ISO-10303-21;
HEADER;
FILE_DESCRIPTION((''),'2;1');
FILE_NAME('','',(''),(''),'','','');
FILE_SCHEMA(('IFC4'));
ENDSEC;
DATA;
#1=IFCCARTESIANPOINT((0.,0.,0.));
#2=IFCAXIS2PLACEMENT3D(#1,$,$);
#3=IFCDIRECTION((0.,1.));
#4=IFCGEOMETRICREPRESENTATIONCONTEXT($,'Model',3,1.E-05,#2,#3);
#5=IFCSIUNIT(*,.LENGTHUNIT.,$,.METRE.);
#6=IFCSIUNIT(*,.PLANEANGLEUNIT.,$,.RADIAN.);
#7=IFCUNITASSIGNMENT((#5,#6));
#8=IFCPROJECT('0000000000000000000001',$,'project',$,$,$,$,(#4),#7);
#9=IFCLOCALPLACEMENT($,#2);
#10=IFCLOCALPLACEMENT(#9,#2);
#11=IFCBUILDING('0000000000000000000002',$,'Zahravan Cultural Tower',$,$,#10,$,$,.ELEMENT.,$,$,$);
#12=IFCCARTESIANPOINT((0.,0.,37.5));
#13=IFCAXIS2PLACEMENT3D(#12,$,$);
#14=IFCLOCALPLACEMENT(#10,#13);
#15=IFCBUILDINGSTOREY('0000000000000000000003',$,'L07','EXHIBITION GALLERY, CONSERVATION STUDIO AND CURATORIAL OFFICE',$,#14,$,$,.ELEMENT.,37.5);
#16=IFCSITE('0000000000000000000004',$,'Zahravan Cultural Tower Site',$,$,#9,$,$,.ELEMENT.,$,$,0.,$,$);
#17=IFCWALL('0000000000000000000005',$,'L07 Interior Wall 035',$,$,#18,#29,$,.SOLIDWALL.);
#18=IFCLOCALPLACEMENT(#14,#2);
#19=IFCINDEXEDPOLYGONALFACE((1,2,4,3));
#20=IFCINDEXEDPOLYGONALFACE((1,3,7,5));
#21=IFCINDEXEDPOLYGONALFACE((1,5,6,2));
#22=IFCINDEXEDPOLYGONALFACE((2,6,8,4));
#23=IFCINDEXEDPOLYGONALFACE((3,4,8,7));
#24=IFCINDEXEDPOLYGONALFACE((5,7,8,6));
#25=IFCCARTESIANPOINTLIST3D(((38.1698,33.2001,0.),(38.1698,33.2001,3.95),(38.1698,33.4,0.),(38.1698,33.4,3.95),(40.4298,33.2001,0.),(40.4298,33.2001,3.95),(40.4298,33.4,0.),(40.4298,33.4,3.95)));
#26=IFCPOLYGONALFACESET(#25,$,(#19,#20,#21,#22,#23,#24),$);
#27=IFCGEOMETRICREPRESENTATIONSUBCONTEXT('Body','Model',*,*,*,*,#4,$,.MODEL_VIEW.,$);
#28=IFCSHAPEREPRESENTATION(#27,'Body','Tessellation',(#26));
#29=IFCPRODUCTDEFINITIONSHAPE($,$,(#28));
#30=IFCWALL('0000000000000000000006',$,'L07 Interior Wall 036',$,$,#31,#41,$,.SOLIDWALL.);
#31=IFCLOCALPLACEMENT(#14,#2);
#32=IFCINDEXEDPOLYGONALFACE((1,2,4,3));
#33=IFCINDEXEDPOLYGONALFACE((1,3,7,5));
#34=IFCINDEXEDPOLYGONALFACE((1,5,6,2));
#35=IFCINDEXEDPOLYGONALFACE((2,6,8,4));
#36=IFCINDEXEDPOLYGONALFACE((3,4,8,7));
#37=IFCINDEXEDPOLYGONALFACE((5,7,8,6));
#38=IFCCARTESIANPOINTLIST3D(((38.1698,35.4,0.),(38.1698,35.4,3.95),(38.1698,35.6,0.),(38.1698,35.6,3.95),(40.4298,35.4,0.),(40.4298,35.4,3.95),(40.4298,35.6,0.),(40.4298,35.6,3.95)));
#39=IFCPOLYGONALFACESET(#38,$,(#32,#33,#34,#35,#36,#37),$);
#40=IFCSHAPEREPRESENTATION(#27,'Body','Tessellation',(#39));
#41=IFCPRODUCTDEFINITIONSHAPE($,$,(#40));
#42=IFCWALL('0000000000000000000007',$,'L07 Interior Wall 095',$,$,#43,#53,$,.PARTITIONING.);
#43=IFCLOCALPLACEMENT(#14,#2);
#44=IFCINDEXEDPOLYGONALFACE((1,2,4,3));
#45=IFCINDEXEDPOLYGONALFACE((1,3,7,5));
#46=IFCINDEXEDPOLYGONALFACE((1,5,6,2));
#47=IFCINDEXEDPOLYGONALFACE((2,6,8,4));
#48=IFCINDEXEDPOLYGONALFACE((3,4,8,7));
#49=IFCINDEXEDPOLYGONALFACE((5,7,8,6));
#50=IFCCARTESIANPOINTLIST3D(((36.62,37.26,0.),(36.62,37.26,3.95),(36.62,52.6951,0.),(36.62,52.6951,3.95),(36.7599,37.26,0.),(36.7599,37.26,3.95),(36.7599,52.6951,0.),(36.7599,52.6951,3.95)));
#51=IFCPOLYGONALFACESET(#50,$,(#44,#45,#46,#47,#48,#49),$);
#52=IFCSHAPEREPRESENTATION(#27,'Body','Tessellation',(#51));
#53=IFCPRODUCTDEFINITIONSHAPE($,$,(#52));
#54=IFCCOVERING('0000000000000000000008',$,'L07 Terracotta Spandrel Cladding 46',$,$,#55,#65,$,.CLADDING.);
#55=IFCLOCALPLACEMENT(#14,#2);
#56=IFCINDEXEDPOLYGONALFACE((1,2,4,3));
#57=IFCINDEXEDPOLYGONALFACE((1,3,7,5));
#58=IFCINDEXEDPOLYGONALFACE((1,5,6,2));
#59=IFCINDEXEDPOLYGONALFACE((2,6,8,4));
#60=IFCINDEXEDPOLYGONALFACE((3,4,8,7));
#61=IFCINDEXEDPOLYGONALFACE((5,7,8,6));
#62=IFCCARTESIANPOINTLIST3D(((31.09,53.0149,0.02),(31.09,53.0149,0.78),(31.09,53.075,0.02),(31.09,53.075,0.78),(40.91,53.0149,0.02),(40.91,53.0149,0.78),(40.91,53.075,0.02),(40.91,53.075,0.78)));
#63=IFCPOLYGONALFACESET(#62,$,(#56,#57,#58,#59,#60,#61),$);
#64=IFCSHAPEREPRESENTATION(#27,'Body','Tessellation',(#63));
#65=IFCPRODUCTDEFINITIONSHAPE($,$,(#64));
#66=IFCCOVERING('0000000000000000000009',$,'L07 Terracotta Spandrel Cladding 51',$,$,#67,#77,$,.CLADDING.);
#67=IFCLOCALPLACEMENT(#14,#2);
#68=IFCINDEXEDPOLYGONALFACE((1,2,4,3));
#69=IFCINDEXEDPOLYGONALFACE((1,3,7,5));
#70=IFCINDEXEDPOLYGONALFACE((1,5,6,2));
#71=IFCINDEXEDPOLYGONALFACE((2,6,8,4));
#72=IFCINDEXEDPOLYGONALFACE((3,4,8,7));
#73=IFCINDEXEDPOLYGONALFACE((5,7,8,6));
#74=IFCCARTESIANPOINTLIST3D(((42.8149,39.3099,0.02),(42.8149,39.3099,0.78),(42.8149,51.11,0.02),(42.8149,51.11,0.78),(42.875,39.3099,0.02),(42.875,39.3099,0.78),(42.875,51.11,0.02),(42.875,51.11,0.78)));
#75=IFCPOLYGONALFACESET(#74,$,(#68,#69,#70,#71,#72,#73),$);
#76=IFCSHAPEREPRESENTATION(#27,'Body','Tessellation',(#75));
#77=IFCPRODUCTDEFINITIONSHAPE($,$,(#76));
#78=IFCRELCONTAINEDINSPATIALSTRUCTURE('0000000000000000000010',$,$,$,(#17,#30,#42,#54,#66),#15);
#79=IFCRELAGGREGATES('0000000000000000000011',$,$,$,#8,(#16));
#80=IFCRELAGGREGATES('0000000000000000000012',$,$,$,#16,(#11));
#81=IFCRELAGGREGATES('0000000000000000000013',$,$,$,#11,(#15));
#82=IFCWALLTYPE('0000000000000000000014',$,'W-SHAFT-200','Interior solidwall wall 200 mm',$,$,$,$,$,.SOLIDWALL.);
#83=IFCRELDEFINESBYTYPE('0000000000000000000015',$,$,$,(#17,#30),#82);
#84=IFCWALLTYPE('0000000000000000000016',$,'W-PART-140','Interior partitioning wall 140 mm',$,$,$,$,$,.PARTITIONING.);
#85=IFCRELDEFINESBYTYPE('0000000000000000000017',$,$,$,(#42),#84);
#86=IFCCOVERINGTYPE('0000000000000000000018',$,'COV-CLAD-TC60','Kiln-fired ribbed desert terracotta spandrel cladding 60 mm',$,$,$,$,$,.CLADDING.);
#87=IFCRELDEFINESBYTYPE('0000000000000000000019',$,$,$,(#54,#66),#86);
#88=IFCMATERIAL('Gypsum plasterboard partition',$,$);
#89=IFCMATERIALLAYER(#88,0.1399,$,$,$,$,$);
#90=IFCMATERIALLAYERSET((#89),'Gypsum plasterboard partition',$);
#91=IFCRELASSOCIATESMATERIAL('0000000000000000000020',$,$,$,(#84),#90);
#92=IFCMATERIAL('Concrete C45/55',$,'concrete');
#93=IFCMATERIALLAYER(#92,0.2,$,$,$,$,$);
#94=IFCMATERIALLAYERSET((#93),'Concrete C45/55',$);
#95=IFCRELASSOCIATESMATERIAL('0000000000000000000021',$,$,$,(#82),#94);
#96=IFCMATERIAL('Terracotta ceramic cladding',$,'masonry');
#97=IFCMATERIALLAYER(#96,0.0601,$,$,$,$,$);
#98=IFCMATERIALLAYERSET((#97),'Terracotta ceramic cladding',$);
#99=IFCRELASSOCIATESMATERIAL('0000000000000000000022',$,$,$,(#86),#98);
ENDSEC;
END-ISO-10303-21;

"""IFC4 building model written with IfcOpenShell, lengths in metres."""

from ifc_helpers import new_model, si_unit, direction, frame, frame_2d, origin, origin_2d, place, context, subcontext, project, spatial, rectangle, extrude, source, transform, mapped, material, layer, layer_set, type_object, element, save


model = new_model("IFC4")

# Units and contexts
model_context = context("Model", 3, precision=1e-05, world=origin(), true_north=direction((0.0, 1.0)))
body_context = subcontext(model_context, "Body", "Model", "MODEL_VIEW")
ifc_project = project(units=[si_unit("LENGTHUNIT", "METRE"), si_unit("PLANEANGLEUNIT", "RADIAN")], contexts=[model_context])

# Site, building, storey
site_placement = place(None, origin())
site = spatial("IfcSite", under=ifc_project, at=site_placement, Name="Zahravan Cultural Tower Site", CompositionType="ELEMENT", RefElevation=0.0)
building_placement = place(site_placement, origin())
building = spatial("IfcBuilding", under=site, at=building_placement, Name="Zahravan Cultural Tower", CompositionType="ELEMENT")
storey_placement = place(building_placement, frame((0.0, 0.0, 37.5)))
storey = spatial("IfcBuildingStorey", under=building, at=storey_placement, Name="L07", Description="EXHIBITION GALLERY, CONSERVATION STUDIO AND CURATORIAL OFFICE", CompositionType="ELEMENT", Elevation=37.5)

# Shared definitions
ifc_material_1 = material(Name="Gypsum plasterboard partition")
ifc_layer_1 = layer(ifc_material_1, 0.1399)
ifc_layer_set_1 = layer_set([ifc_layer_1], Name="Gypsum plasterboard partition")
wall_type_1 = type_object("IfcWallType", Name="W-PART-140", Description="Interior partitioning wall 140 mm", PredefinedType="PARTITIONING", material=ifc_layer_set_1)

# Walls
ifc_material_2 = material(Name="Concrete C45/55", Category="concrete")
ifc_layer_2 = layer(ifc_material_2, 0.2)
ifc_layer_set_2 = layer_set([ifc_layer_2], Name="Concrete C45/55")
wall_type_2 = type_object("IfcWallType", Name="W-SHAFT-200", Description="Interior solidwall wall 200 mm", PredefinedType="SOLIDWALL", material=ifc_layer_set_2)
shared_shape_1 = source(origin(), body_context, "Body", "SweptSolid", [
    extrude(rectangle(XDim=2.26, YDim=0.2, at=frame_2d((1.1299, 0.0))), origin(), (0.0, 0.0, 1.0), 3.95),
])
for number, where, z_axis, x_axis, name in (
    (1, (38.1699, 33.3, 0.0), (0.0, 0.0, 1.0), (1.0, 0.0, 0.0), "L07 Interior Wall 035"),
    (2, (38.1699, 35.5, 0.0), (0.0, 0.0, 1.0), (1.0, 0.0, 0.0), "L07 Interior Wall 036"),
):
    element("IfcWall", number, at=place(storey_placement, frame(where, z_axis=z_axis, x_axis=x_axis)), inside=storey, type_object=wall_type_2, Name=name, PredefinedType="SOLIDWALL", context=body_context, shape_type="MappedRepresentation", body=[
        mapped(shared_shape_1, transform((0.0, 0.0, 0.0), x_axis=(1.0, 0.0, 0.0), y_axis=(0.0, 1.0, 0.0), z_axis=(0.0, 0.0, 1.0), scale=1.0)),
    ])
shared_shape_2 = source(origin(), body_context, "Body", "SweptSolid", [
    extrude(rectangle(XDim=15.4351, YDim=0.1399, at=frame_2d((7.7175, 0.0))), origin(), (0.0, 0.0, 1.0), 3.95),
])
wall_1_placement = place(storey_placement, frame((36.6899, 37.26, 0.0), z_axis=(0.0, 0.0, 1.0), x_axis=(0.0, 1.0, 0.0)))
element("IfcWall", 3, at=wall_1_placement, inside=storey, type_object=wall_type_1, Name="L07 Interior Wall 095", PredefinedType="PARTITIONING", context=body_context, shape_type="MappedRepresentation", body=[
    mapped(shared_shape_2, transform((0.0, 0.0, 0.0), x_axis=(1.0, 0.0, 0.0), y_axis=(0.0, 1.0, 0.0), z_axis=(0.0, 0.0, 1.0), scale=1.0)),
])

# Coverings
ifc_material_3 = material(Name="Terracotta ceramic cladding", Category="masonry")
ifc_layer_3 = layer(ifc_material_3, 0.0601)
ifc_layer_set_3 = layer_set([ifc_layer_3], Name="Terracotta ceramic cladding")
covering_type = type_object("IfcCoveringType", Name="COV-CLAD-TC60", Description="Kiln-fired ribbed desert terracotta spandrel cladding 60 mm", PredefinedType="CLADDING", material=ifc_layer_set_3)
shared_shape_3 = source(origin(), body_context, "Body", "SweptSolid", [
    extrude(rectangle(XDim=9.8201, YDim=0.0601, at=origin_2d()), origin(), (0.0, 0.0, 1.0), 0.76),
])
covering_1_placement = place(storey_placement, frame((36.0, 53.0449, 0.02), z_axis=(0.0, 0.0, 1.0), x_axis=(1.0, 0.0, 0.0)))
element("IfcCovering", 4, at=covering_1_placement, inside=storey, type_object=covering_type, Name="L07 Terracotta Spandrel Cladding 46", PredefinedType="CLADDING", context=body_context, shape_type="MappedRepresentation", body=[
    mapped(shared_shape_3, transform((0.0, 0.0, 0.0), x_axis=(1.0, 0.0, 0.0), y_axis=(0.0, 1.0, 0.0), z_axis=(0.0, 0.0, 1.0), scale=1.0)),
])
shared_shape_4 = source(origin(), body_context, "Body", "SweptSolid", [
    extrude(rectangle(XDim=11.8, YDim=0.0601, at=origin_2d()), origin(), (0.0, 0.0, 1.0), 0.76),
])
covering_2_placement = place(storey_placement, frame((42.845, 45.21, 0.02), z_axis=(0.0, 0.0, 1.0), x_axis=(0.0, -1.0, 0.0)))
element("IfcCovering", 5, at=covering_2_placement, inside=storey, type_object=covering_type, Name="L07 Terracotta Spandrel Cladding 51", PredefinedType="CLADDING", context=body_context, shape_type="MappedRepresentation", body=[
    mapped(shared_shape_4, transform((0.0, 0.0, 0.0), x_axis=(1.0, 0.0, 0.0), y_axis=(0.0, 1.0, 0.0), z_axis=(0.0, 0.0, 1.0), scale=1.0)),
])

save(model, "model.ifc")
